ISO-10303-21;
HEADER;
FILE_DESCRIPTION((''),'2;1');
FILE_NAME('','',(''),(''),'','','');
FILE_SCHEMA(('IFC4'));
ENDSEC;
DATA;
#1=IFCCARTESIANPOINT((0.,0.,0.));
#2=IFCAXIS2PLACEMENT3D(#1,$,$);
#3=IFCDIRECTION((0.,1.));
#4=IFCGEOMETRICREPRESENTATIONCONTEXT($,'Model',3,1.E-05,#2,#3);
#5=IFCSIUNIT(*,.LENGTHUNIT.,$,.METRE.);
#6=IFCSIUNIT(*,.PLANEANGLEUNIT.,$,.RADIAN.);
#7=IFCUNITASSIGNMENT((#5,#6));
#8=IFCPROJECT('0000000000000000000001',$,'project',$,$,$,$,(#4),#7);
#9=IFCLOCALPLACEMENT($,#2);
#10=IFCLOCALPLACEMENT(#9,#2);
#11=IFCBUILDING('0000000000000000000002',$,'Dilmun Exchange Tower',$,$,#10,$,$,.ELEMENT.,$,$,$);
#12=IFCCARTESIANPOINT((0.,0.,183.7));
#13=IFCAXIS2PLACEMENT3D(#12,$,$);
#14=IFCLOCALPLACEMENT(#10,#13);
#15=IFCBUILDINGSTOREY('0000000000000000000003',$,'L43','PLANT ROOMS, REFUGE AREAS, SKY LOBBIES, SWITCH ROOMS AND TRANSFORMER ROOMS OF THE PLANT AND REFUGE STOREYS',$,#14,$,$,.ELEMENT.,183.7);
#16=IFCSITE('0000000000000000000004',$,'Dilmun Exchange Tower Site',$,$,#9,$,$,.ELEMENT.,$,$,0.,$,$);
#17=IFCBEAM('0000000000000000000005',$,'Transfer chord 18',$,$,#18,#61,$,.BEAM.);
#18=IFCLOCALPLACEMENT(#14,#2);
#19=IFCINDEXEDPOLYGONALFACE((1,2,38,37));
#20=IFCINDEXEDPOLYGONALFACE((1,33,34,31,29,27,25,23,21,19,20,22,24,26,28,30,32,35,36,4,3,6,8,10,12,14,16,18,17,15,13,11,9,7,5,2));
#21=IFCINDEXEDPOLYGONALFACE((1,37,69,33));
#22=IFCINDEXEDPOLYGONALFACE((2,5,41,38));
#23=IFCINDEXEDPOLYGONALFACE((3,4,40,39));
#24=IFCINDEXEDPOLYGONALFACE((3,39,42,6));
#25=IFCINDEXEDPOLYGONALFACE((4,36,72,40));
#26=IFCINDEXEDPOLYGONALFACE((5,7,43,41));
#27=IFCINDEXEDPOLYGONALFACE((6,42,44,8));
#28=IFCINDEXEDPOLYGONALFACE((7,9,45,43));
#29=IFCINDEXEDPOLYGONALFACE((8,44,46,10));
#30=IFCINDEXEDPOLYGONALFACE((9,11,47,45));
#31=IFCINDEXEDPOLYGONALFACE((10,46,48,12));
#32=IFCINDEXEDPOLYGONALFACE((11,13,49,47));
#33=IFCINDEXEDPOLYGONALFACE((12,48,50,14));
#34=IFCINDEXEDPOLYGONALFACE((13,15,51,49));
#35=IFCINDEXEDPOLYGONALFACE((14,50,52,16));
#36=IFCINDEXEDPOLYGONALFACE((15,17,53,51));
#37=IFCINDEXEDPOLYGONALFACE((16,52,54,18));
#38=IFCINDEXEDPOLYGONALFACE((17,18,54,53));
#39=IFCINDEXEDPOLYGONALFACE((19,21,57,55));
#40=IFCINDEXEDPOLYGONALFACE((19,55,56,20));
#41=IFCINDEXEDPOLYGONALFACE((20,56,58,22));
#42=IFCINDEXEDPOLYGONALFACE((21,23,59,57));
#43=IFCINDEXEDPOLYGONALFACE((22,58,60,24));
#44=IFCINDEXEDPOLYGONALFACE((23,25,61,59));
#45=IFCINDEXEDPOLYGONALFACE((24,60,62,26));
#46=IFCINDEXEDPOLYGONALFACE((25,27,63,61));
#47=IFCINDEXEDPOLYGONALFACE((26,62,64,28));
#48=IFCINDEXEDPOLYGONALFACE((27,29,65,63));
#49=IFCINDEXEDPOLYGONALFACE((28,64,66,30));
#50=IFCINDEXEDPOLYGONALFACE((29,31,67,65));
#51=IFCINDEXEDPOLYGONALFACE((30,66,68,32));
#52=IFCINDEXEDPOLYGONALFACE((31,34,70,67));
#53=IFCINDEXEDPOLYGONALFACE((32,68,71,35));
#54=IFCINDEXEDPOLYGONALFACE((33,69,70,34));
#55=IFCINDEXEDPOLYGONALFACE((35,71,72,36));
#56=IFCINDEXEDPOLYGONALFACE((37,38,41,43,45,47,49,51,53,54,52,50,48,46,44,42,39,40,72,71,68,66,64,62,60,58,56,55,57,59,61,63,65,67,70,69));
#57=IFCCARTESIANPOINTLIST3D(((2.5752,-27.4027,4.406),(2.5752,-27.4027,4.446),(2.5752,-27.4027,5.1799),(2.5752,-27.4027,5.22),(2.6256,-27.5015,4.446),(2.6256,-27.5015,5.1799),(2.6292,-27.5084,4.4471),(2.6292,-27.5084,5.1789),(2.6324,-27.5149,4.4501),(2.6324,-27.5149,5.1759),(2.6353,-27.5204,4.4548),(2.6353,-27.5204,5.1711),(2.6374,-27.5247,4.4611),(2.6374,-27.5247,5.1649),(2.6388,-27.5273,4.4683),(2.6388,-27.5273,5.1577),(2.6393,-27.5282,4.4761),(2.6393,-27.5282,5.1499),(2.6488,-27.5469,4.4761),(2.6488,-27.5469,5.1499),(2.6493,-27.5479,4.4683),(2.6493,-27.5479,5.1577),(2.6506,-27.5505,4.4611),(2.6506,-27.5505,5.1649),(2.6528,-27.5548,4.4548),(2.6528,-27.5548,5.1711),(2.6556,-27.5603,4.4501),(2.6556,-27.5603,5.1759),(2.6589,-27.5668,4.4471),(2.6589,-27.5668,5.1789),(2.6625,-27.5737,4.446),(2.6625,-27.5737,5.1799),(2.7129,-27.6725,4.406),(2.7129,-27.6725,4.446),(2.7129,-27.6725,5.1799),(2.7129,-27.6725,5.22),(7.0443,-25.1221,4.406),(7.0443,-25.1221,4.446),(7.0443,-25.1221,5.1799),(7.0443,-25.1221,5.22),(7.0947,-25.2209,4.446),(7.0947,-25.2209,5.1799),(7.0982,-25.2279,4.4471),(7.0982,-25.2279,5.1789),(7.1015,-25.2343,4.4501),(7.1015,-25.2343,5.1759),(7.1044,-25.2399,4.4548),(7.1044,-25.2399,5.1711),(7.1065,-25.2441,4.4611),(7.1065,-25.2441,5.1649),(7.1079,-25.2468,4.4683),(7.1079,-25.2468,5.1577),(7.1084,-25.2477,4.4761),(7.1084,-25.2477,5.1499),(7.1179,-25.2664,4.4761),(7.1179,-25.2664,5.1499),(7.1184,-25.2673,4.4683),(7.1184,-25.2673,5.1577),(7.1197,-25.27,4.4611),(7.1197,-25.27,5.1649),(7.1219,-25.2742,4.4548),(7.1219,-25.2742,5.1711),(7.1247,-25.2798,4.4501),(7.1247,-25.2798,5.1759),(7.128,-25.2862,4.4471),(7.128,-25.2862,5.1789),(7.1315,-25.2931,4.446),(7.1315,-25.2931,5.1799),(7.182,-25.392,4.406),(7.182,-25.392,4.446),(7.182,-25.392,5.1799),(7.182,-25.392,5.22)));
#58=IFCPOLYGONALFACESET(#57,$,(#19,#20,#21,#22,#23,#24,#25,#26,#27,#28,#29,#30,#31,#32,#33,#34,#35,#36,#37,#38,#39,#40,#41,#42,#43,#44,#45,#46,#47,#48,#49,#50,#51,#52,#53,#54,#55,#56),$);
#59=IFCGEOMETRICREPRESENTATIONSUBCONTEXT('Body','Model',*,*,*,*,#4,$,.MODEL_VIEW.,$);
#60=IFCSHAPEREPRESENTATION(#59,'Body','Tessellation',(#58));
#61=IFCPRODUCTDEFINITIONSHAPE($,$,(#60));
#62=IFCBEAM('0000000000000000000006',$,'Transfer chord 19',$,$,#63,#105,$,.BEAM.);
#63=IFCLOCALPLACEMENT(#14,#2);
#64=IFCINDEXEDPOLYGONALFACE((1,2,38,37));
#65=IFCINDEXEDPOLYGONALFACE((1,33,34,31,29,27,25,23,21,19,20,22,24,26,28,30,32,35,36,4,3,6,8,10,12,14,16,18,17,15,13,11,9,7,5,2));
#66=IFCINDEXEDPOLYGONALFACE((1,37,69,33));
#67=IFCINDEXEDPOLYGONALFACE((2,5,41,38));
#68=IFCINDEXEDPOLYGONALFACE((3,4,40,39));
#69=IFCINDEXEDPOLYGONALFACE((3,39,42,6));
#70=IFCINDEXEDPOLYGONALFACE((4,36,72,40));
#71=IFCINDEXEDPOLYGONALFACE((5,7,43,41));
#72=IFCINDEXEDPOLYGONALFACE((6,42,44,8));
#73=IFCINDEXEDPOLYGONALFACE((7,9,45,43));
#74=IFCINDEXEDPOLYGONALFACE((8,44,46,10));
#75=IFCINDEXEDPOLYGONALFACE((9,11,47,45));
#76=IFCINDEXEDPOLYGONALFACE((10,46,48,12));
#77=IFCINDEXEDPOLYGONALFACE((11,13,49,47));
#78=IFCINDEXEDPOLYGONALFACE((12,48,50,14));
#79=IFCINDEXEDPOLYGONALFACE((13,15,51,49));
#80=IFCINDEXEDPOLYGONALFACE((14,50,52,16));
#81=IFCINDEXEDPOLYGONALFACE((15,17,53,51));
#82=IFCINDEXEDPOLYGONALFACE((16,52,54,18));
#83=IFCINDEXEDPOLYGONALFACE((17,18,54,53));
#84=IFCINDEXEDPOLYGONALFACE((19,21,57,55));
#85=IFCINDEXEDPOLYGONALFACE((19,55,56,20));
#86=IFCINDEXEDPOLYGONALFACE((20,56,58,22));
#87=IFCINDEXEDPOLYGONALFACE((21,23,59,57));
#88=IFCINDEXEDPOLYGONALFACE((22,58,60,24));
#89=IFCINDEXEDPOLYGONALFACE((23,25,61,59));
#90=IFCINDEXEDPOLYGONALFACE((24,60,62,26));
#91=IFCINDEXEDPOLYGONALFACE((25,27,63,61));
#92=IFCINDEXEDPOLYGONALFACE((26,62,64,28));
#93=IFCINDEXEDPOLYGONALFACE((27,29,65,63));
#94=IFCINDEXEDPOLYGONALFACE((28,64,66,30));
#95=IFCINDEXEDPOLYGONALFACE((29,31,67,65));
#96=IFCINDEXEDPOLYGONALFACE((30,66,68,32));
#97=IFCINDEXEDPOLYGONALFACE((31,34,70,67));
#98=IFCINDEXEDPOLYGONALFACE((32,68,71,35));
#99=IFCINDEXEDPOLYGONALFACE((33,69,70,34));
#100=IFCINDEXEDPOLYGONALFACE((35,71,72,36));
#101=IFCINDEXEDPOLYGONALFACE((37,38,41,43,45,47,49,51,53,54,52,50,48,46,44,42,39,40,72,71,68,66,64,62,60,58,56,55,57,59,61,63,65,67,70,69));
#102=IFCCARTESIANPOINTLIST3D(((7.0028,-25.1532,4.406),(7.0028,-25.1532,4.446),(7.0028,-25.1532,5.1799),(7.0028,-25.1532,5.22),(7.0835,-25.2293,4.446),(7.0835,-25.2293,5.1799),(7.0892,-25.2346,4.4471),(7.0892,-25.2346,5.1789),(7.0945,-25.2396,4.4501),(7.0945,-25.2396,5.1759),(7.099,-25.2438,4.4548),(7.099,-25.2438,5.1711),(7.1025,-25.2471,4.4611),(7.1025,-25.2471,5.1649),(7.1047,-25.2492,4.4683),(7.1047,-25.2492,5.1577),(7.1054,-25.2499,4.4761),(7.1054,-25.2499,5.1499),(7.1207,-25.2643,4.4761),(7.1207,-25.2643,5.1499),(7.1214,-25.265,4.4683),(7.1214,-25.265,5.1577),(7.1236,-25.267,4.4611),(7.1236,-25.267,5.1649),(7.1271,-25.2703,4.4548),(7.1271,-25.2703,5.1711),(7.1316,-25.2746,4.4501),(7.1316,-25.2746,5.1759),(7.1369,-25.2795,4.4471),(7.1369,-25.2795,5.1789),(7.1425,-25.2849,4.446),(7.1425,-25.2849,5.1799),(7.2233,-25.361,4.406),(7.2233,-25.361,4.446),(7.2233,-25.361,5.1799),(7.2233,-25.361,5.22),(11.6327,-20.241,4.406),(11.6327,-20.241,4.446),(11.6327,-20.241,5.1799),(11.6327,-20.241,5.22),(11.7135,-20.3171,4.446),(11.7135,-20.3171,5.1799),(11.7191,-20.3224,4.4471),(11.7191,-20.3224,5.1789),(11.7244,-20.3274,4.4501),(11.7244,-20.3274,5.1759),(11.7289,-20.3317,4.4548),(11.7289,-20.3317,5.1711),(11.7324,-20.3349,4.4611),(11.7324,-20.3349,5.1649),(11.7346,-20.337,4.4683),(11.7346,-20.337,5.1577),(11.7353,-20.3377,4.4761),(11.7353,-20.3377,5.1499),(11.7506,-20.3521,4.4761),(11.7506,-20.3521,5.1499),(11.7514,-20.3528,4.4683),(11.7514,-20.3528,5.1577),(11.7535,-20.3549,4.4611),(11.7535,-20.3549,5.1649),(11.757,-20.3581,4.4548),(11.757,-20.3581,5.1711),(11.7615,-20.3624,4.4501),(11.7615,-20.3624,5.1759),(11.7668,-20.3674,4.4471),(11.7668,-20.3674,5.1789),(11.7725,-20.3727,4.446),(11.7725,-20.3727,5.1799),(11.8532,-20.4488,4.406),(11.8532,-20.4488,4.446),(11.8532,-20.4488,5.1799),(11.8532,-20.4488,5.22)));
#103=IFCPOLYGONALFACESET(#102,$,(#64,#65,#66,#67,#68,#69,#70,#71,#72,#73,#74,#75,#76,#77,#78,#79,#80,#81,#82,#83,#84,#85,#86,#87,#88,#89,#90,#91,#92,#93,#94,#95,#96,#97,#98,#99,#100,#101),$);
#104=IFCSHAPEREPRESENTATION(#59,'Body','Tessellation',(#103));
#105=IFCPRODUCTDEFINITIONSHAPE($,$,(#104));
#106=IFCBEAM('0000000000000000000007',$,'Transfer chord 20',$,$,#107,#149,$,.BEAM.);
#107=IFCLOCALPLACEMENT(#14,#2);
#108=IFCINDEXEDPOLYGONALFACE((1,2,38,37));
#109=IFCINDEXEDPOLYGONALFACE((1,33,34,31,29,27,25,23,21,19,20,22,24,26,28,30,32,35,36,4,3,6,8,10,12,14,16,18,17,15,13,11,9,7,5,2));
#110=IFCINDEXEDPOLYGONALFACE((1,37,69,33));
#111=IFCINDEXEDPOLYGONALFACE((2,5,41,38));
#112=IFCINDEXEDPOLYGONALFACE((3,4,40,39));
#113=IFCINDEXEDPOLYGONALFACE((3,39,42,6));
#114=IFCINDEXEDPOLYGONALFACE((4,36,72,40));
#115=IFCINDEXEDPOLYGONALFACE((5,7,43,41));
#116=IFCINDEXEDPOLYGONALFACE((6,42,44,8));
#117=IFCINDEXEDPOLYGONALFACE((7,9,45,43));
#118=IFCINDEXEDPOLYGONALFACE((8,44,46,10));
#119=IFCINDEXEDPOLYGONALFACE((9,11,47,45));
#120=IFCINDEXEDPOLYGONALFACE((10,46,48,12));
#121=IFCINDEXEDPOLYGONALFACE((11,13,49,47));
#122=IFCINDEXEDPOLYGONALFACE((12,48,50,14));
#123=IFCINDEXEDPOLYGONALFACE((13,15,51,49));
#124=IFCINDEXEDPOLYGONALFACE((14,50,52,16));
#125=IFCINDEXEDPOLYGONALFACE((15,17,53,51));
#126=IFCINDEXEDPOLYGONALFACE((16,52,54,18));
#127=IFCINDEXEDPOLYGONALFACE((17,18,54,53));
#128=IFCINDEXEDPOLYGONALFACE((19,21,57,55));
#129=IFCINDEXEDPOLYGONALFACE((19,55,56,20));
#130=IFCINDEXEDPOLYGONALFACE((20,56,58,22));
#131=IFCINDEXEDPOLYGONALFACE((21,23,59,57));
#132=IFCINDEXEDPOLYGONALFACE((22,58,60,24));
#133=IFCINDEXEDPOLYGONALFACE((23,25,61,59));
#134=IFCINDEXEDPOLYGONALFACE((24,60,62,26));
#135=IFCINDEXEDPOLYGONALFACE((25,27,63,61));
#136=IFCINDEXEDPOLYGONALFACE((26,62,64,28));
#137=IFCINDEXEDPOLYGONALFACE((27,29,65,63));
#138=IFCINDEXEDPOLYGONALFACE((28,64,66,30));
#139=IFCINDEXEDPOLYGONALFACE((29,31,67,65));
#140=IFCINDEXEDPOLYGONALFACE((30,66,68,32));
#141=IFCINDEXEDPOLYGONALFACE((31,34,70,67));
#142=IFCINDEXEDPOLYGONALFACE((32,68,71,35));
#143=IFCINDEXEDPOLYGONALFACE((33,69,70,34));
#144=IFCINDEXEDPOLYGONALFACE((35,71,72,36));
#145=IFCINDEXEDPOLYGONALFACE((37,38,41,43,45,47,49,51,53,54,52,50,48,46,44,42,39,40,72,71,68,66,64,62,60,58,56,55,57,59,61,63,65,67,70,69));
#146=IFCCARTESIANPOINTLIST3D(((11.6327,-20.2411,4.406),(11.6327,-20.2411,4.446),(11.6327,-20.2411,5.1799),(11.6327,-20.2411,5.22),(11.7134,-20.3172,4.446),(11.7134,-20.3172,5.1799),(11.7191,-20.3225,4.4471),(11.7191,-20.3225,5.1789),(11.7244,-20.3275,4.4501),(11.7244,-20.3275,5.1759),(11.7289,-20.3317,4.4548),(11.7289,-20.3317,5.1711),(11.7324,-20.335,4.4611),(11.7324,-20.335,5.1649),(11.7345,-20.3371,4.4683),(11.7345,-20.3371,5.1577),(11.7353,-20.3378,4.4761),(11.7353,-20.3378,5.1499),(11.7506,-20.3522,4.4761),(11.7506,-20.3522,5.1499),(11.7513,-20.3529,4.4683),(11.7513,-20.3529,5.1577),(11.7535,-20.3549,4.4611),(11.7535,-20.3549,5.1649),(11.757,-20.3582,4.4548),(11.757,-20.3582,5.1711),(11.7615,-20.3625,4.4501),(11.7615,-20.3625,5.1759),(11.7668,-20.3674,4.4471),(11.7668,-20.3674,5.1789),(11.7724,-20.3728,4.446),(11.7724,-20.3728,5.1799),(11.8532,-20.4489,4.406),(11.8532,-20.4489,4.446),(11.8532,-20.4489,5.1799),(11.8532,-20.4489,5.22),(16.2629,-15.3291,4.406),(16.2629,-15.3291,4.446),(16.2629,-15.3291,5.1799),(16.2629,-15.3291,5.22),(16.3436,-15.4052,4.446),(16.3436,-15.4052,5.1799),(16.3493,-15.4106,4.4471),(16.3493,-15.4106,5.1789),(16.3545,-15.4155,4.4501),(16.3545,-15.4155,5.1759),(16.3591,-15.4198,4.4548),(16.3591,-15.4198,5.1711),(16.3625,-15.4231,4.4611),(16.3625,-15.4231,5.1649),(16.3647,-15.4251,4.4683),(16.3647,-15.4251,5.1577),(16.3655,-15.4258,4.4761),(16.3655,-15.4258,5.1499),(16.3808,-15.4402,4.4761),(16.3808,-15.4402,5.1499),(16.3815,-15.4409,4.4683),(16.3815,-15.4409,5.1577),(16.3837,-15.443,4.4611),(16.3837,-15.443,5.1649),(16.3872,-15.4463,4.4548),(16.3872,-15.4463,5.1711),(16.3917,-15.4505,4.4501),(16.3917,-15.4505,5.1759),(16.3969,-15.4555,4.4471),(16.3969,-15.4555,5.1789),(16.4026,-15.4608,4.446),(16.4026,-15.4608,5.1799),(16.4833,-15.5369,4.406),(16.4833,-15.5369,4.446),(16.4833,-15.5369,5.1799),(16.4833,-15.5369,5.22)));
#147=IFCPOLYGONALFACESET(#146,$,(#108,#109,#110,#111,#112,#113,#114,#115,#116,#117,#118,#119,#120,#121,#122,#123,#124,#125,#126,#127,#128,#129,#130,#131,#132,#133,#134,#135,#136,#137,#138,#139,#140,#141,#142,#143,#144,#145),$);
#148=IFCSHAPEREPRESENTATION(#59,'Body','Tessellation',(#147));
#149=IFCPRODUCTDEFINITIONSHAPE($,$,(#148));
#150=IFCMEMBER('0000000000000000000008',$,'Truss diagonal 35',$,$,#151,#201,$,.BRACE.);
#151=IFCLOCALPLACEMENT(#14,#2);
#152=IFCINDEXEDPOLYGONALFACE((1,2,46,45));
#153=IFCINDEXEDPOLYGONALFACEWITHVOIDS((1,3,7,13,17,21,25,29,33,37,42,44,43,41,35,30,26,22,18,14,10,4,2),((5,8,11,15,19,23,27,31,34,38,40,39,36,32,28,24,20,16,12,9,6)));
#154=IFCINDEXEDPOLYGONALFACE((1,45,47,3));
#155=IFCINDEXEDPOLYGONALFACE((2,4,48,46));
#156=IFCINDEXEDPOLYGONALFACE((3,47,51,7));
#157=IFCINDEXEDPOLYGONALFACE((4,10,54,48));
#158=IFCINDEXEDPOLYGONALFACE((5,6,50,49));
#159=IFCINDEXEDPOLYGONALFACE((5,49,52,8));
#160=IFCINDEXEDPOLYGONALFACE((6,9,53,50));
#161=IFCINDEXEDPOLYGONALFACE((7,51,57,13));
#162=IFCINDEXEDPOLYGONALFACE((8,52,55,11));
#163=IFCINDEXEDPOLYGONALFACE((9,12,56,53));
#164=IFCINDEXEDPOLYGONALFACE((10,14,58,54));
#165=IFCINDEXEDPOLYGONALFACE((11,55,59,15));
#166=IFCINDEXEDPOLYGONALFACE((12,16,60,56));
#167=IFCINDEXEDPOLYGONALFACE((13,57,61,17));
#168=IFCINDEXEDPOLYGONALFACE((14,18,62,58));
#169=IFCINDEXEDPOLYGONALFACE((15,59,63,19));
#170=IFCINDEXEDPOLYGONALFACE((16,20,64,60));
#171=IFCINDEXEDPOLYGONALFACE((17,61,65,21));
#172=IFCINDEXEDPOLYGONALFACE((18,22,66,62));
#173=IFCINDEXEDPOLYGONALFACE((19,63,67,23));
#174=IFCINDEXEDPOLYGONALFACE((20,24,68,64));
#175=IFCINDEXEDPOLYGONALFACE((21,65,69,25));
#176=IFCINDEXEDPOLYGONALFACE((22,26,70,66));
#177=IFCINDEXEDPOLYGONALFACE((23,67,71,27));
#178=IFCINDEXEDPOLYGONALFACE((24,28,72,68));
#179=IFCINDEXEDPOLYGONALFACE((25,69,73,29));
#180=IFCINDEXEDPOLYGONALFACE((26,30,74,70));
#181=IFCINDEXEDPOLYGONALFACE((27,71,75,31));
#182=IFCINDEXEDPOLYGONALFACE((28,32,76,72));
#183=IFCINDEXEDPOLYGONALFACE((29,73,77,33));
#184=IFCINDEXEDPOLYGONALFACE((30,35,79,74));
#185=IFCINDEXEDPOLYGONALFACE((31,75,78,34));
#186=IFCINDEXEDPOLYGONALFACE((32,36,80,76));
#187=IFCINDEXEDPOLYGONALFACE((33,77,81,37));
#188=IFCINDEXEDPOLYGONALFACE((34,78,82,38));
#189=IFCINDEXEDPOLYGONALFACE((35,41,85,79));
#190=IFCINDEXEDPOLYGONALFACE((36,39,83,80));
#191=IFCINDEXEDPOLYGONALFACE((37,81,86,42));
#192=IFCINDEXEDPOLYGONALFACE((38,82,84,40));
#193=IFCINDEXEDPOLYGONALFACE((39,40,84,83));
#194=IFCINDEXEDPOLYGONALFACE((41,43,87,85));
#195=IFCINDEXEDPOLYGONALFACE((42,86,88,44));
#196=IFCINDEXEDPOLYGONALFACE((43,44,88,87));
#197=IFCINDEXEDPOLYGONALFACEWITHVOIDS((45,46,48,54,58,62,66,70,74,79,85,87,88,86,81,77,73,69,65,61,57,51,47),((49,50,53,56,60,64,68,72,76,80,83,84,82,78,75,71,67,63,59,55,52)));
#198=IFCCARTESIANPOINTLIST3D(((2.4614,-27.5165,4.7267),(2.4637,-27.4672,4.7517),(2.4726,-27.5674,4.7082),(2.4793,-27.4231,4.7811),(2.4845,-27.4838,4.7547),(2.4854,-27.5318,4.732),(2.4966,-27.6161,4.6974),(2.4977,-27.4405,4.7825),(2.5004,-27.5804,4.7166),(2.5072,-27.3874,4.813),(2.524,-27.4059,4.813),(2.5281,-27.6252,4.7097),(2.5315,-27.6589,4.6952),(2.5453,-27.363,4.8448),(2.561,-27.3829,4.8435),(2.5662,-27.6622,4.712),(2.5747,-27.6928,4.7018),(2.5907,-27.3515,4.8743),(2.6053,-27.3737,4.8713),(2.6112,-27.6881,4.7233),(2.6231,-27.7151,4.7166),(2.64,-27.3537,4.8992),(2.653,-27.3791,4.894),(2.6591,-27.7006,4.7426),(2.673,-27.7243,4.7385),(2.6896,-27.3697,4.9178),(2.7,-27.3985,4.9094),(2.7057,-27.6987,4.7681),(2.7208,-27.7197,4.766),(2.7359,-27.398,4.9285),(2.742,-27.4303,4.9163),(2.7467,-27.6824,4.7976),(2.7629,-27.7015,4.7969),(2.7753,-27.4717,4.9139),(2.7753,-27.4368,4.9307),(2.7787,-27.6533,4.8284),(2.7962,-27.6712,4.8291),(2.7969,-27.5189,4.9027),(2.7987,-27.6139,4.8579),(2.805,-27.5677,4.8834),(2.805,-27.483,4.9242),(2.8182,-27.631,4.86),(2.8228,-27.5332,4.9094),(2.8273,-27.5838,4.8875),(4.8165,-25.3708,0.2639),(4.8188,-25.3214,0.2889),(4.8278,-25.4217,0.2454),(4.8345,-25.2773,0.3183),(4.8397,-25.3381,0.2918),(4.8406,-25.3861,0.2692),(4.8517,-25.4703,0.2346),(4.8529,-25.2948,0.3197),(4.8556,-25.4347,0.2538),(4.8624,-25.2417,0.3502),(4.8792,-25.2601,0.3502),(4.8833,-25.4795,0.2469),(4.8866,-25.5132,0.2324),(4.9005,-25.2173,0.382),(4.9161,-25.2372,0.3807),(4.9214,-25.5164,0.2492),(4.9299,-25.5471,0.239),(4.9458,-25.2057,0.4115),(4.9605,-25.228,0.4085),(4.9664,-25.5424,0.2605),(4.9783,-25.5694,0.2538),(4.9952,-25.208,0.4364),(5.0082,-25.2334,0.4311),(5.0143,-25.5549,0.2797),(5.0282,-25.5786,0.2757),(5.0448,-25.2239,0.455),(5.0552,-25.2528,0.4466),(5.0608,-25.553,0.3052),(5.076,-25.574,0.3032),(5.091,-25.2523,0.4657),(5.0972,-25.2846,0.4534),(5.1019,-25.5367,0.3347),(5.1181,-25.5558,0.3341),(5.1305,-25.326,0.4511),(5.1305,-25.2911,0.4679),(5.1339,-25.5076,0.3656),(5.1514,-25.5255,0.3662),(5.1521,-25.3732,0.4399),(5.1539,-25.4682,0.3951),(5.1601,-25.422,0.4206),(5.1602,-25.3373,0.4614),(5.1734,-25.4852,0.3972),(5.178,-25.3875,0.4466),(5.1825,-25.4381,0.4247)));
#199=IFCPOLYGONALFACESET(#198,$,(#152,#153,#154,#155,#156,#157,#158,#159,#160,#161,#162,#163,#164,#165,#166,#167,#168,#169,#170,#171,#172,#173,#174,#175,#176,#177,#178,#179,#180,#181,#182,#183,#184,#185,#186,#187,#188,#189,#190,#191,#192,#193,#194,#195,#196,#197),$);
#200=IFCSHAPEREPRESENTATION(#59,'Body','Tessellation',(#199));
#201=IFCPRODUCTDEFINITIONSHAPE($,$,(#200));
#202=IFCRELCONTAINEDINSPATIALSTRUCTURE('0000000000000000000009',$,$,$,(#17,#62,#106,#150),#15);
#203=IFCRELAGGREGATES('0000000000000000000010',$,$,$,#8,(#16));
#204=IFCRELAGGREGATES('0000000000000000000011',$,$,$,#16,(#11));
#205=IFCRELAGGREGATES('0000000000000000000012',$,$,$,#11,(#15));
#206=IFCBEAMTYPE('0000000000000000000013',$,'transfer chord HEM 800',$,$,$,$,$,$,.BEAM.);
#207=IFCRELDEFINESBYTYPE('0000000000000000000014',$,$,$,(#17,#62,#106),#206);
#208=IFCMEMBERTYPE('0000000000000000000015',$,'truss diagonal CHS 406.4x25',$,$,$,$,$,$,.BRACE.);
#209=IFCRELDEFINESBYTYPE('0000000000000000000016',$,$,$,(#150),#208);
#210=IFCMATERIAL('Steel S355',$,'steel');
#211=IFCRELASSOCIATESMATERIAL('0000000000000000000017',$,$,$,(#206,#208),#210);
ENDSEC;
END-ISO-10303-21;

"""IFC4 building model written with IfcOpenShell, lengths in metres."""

from ifc_helpers import new_model, si_unit, direction, frame, origin, origin_2d, place, context, subcontext, project, spatial, hollow_circle, i_section, extrude, material, material_profile, profile_set, type_object, element, save


model = new_model("IFC4")

# Units and contexts
model_context = context("Model", 3, precision=1e-05, world=origin(), true_north=direction((0.0, 1.0)))
body_context = subcontext(model_context, "Body", "Model", "MODEL_VIEW")
ifc_project = project(units=[si_unit("LENGTHUNIT", "METRE"), si_unit("PLANEANGLEUNIT", "RADIAN")], contexts=[model_context])

# Site, building, storey
site_placement = place(None, origin())
site = spatial("IfcSite", under=ifc_project, at=site_placement, Name="Dilmun Exchange Tower Site", CompositionType="ELEMENT", RefElevation=0.0)
building_placement = place(site_placement, origin())
building = spatial("IfcBuilding", under=site, at=building_placement, Name="Dilmun Exchange Tower", CompositionType="ELEMENT")
storey_placement = place(building_placement, frame((0.0, 0.0, 183.7)))
storey = spatial("IfcBuildingStorey", under=building, at=storey_placement, Name="L43", Description="PLANT ROOMS, REFUGE AREAS, SKY LOBBIES, SWITCH ROOMS AND TRANSFORMER ROOMS OF THE PLANT AND REFUGE STOREYS", CompositionType="ELEMENT", Elevation=183.7)

# Beams
ifc_material_1 = material(Name="Steel S355", Category="steel")
ifc_material_profile_1 = material_profile(ifc_material_1, i_section(OverallWidth=0.303, OverallDepth=0.814, WebThickness=0.021, FlangeThickness=0.04, FilletRadius=0.03, at=origin_2d()), Name="HEM 800")
ifc_profile_set_1 = profile_set([ifc_material_profile_1], Name="Steel S355")
beam_type_1 = type_object("IfcBeamType", Name="transfer chord HEM 800", PredefinedType="BEAM", material=ifc_profile_set_1)
beam_1_placement = place(storey_placement, frame((2.644, -27.5376, 4.813), z_axis=(0.890728, 0.454537, 0.0), x_axis=(-0.454537, 0.890728, 0.0)))
element("IfcBeam", 1, at=beam_1_placement, inside=storey, type_object=beam_type_1, Name="Transfer chord 18", PredefinedType="BEAM", context=body_context, shape_type="SweptSolid", body=[
    extrude(i_section(OverallWidth=0.303, OverallDepth=0.814, WebThickness=0.021, FlangeThickness=0.04, FilletRadius=0.03, at=origin_2d()), origin(), (0.0, 0.0, 1.0), 5.0173),
])
for number, where, z_axis, x_axis, name in (
    (2, (7.113, -25.2571, 4.813), (0.685893, 0.727703, 0.0), (-0.727703, 0.685893, 0.0), "Transfer chord 19"),
    (3, (11.7429, -20.345, 4.813), (0.68593, 0.727668, 0.0), (-0.727668, 0.68593, 0.0), "Transfer chord 20"),
):
    element("IfcBeam", number, at=place(storey_placement, frame(where, z_axis=z_axis, x_axis=x_axis)), inside=storey, type_object=beam_type_1, Name=name, PredefinedType="BEAM", context=body_context, shape_type="SweptSolid", body=[
        extrude(i_section(OverallWidth=0.303, OverallDepth=0.814, WebThickness=0.021, FlangeThickness=0.04, FilletRadius=0.03, at=origin_2d()), origin(), (0.0, 0.0, 1.0), 6.7502),
    ])

# Member
ifc_material_profile_2 = material_profile(ifc_material_1, hollow_circle(Radius=0.2031, WallThickness=0.0249, at=origin_2d()), Name="CHS 406.4x25")
ifc_profile_set_2 = profile_set([ifc_material_profile_2], Name="Steel S355")
member_type = type_object("IfcMemberType", Name="truss diagonal CHS 406.4x25", PredefinedType="BRACE", material=ifc_profile_set_2)
member_1_placement = place(storey_placement, frame((2.644, -27.5376, 4.813), z_axis=(0.429512, 0.391311, -0.813877), x_axis=(-0.67347, 0.739215, 0.0)))
element("IfcMember", 4, at=member_1_placement, inside=storey, type_object=member_type, Name="Truss diagonal 35", PredefinedType="BRACE", context=body_context, shape_type="SweptSolid", body=[
    extrude(hollow_circle(Radius=0.2031, WallThickness=0.0249, at=origin_2d()), origin(), (0.0, 0.0, 1.0), 5.4834),
])

save(model, "model.ifc")
